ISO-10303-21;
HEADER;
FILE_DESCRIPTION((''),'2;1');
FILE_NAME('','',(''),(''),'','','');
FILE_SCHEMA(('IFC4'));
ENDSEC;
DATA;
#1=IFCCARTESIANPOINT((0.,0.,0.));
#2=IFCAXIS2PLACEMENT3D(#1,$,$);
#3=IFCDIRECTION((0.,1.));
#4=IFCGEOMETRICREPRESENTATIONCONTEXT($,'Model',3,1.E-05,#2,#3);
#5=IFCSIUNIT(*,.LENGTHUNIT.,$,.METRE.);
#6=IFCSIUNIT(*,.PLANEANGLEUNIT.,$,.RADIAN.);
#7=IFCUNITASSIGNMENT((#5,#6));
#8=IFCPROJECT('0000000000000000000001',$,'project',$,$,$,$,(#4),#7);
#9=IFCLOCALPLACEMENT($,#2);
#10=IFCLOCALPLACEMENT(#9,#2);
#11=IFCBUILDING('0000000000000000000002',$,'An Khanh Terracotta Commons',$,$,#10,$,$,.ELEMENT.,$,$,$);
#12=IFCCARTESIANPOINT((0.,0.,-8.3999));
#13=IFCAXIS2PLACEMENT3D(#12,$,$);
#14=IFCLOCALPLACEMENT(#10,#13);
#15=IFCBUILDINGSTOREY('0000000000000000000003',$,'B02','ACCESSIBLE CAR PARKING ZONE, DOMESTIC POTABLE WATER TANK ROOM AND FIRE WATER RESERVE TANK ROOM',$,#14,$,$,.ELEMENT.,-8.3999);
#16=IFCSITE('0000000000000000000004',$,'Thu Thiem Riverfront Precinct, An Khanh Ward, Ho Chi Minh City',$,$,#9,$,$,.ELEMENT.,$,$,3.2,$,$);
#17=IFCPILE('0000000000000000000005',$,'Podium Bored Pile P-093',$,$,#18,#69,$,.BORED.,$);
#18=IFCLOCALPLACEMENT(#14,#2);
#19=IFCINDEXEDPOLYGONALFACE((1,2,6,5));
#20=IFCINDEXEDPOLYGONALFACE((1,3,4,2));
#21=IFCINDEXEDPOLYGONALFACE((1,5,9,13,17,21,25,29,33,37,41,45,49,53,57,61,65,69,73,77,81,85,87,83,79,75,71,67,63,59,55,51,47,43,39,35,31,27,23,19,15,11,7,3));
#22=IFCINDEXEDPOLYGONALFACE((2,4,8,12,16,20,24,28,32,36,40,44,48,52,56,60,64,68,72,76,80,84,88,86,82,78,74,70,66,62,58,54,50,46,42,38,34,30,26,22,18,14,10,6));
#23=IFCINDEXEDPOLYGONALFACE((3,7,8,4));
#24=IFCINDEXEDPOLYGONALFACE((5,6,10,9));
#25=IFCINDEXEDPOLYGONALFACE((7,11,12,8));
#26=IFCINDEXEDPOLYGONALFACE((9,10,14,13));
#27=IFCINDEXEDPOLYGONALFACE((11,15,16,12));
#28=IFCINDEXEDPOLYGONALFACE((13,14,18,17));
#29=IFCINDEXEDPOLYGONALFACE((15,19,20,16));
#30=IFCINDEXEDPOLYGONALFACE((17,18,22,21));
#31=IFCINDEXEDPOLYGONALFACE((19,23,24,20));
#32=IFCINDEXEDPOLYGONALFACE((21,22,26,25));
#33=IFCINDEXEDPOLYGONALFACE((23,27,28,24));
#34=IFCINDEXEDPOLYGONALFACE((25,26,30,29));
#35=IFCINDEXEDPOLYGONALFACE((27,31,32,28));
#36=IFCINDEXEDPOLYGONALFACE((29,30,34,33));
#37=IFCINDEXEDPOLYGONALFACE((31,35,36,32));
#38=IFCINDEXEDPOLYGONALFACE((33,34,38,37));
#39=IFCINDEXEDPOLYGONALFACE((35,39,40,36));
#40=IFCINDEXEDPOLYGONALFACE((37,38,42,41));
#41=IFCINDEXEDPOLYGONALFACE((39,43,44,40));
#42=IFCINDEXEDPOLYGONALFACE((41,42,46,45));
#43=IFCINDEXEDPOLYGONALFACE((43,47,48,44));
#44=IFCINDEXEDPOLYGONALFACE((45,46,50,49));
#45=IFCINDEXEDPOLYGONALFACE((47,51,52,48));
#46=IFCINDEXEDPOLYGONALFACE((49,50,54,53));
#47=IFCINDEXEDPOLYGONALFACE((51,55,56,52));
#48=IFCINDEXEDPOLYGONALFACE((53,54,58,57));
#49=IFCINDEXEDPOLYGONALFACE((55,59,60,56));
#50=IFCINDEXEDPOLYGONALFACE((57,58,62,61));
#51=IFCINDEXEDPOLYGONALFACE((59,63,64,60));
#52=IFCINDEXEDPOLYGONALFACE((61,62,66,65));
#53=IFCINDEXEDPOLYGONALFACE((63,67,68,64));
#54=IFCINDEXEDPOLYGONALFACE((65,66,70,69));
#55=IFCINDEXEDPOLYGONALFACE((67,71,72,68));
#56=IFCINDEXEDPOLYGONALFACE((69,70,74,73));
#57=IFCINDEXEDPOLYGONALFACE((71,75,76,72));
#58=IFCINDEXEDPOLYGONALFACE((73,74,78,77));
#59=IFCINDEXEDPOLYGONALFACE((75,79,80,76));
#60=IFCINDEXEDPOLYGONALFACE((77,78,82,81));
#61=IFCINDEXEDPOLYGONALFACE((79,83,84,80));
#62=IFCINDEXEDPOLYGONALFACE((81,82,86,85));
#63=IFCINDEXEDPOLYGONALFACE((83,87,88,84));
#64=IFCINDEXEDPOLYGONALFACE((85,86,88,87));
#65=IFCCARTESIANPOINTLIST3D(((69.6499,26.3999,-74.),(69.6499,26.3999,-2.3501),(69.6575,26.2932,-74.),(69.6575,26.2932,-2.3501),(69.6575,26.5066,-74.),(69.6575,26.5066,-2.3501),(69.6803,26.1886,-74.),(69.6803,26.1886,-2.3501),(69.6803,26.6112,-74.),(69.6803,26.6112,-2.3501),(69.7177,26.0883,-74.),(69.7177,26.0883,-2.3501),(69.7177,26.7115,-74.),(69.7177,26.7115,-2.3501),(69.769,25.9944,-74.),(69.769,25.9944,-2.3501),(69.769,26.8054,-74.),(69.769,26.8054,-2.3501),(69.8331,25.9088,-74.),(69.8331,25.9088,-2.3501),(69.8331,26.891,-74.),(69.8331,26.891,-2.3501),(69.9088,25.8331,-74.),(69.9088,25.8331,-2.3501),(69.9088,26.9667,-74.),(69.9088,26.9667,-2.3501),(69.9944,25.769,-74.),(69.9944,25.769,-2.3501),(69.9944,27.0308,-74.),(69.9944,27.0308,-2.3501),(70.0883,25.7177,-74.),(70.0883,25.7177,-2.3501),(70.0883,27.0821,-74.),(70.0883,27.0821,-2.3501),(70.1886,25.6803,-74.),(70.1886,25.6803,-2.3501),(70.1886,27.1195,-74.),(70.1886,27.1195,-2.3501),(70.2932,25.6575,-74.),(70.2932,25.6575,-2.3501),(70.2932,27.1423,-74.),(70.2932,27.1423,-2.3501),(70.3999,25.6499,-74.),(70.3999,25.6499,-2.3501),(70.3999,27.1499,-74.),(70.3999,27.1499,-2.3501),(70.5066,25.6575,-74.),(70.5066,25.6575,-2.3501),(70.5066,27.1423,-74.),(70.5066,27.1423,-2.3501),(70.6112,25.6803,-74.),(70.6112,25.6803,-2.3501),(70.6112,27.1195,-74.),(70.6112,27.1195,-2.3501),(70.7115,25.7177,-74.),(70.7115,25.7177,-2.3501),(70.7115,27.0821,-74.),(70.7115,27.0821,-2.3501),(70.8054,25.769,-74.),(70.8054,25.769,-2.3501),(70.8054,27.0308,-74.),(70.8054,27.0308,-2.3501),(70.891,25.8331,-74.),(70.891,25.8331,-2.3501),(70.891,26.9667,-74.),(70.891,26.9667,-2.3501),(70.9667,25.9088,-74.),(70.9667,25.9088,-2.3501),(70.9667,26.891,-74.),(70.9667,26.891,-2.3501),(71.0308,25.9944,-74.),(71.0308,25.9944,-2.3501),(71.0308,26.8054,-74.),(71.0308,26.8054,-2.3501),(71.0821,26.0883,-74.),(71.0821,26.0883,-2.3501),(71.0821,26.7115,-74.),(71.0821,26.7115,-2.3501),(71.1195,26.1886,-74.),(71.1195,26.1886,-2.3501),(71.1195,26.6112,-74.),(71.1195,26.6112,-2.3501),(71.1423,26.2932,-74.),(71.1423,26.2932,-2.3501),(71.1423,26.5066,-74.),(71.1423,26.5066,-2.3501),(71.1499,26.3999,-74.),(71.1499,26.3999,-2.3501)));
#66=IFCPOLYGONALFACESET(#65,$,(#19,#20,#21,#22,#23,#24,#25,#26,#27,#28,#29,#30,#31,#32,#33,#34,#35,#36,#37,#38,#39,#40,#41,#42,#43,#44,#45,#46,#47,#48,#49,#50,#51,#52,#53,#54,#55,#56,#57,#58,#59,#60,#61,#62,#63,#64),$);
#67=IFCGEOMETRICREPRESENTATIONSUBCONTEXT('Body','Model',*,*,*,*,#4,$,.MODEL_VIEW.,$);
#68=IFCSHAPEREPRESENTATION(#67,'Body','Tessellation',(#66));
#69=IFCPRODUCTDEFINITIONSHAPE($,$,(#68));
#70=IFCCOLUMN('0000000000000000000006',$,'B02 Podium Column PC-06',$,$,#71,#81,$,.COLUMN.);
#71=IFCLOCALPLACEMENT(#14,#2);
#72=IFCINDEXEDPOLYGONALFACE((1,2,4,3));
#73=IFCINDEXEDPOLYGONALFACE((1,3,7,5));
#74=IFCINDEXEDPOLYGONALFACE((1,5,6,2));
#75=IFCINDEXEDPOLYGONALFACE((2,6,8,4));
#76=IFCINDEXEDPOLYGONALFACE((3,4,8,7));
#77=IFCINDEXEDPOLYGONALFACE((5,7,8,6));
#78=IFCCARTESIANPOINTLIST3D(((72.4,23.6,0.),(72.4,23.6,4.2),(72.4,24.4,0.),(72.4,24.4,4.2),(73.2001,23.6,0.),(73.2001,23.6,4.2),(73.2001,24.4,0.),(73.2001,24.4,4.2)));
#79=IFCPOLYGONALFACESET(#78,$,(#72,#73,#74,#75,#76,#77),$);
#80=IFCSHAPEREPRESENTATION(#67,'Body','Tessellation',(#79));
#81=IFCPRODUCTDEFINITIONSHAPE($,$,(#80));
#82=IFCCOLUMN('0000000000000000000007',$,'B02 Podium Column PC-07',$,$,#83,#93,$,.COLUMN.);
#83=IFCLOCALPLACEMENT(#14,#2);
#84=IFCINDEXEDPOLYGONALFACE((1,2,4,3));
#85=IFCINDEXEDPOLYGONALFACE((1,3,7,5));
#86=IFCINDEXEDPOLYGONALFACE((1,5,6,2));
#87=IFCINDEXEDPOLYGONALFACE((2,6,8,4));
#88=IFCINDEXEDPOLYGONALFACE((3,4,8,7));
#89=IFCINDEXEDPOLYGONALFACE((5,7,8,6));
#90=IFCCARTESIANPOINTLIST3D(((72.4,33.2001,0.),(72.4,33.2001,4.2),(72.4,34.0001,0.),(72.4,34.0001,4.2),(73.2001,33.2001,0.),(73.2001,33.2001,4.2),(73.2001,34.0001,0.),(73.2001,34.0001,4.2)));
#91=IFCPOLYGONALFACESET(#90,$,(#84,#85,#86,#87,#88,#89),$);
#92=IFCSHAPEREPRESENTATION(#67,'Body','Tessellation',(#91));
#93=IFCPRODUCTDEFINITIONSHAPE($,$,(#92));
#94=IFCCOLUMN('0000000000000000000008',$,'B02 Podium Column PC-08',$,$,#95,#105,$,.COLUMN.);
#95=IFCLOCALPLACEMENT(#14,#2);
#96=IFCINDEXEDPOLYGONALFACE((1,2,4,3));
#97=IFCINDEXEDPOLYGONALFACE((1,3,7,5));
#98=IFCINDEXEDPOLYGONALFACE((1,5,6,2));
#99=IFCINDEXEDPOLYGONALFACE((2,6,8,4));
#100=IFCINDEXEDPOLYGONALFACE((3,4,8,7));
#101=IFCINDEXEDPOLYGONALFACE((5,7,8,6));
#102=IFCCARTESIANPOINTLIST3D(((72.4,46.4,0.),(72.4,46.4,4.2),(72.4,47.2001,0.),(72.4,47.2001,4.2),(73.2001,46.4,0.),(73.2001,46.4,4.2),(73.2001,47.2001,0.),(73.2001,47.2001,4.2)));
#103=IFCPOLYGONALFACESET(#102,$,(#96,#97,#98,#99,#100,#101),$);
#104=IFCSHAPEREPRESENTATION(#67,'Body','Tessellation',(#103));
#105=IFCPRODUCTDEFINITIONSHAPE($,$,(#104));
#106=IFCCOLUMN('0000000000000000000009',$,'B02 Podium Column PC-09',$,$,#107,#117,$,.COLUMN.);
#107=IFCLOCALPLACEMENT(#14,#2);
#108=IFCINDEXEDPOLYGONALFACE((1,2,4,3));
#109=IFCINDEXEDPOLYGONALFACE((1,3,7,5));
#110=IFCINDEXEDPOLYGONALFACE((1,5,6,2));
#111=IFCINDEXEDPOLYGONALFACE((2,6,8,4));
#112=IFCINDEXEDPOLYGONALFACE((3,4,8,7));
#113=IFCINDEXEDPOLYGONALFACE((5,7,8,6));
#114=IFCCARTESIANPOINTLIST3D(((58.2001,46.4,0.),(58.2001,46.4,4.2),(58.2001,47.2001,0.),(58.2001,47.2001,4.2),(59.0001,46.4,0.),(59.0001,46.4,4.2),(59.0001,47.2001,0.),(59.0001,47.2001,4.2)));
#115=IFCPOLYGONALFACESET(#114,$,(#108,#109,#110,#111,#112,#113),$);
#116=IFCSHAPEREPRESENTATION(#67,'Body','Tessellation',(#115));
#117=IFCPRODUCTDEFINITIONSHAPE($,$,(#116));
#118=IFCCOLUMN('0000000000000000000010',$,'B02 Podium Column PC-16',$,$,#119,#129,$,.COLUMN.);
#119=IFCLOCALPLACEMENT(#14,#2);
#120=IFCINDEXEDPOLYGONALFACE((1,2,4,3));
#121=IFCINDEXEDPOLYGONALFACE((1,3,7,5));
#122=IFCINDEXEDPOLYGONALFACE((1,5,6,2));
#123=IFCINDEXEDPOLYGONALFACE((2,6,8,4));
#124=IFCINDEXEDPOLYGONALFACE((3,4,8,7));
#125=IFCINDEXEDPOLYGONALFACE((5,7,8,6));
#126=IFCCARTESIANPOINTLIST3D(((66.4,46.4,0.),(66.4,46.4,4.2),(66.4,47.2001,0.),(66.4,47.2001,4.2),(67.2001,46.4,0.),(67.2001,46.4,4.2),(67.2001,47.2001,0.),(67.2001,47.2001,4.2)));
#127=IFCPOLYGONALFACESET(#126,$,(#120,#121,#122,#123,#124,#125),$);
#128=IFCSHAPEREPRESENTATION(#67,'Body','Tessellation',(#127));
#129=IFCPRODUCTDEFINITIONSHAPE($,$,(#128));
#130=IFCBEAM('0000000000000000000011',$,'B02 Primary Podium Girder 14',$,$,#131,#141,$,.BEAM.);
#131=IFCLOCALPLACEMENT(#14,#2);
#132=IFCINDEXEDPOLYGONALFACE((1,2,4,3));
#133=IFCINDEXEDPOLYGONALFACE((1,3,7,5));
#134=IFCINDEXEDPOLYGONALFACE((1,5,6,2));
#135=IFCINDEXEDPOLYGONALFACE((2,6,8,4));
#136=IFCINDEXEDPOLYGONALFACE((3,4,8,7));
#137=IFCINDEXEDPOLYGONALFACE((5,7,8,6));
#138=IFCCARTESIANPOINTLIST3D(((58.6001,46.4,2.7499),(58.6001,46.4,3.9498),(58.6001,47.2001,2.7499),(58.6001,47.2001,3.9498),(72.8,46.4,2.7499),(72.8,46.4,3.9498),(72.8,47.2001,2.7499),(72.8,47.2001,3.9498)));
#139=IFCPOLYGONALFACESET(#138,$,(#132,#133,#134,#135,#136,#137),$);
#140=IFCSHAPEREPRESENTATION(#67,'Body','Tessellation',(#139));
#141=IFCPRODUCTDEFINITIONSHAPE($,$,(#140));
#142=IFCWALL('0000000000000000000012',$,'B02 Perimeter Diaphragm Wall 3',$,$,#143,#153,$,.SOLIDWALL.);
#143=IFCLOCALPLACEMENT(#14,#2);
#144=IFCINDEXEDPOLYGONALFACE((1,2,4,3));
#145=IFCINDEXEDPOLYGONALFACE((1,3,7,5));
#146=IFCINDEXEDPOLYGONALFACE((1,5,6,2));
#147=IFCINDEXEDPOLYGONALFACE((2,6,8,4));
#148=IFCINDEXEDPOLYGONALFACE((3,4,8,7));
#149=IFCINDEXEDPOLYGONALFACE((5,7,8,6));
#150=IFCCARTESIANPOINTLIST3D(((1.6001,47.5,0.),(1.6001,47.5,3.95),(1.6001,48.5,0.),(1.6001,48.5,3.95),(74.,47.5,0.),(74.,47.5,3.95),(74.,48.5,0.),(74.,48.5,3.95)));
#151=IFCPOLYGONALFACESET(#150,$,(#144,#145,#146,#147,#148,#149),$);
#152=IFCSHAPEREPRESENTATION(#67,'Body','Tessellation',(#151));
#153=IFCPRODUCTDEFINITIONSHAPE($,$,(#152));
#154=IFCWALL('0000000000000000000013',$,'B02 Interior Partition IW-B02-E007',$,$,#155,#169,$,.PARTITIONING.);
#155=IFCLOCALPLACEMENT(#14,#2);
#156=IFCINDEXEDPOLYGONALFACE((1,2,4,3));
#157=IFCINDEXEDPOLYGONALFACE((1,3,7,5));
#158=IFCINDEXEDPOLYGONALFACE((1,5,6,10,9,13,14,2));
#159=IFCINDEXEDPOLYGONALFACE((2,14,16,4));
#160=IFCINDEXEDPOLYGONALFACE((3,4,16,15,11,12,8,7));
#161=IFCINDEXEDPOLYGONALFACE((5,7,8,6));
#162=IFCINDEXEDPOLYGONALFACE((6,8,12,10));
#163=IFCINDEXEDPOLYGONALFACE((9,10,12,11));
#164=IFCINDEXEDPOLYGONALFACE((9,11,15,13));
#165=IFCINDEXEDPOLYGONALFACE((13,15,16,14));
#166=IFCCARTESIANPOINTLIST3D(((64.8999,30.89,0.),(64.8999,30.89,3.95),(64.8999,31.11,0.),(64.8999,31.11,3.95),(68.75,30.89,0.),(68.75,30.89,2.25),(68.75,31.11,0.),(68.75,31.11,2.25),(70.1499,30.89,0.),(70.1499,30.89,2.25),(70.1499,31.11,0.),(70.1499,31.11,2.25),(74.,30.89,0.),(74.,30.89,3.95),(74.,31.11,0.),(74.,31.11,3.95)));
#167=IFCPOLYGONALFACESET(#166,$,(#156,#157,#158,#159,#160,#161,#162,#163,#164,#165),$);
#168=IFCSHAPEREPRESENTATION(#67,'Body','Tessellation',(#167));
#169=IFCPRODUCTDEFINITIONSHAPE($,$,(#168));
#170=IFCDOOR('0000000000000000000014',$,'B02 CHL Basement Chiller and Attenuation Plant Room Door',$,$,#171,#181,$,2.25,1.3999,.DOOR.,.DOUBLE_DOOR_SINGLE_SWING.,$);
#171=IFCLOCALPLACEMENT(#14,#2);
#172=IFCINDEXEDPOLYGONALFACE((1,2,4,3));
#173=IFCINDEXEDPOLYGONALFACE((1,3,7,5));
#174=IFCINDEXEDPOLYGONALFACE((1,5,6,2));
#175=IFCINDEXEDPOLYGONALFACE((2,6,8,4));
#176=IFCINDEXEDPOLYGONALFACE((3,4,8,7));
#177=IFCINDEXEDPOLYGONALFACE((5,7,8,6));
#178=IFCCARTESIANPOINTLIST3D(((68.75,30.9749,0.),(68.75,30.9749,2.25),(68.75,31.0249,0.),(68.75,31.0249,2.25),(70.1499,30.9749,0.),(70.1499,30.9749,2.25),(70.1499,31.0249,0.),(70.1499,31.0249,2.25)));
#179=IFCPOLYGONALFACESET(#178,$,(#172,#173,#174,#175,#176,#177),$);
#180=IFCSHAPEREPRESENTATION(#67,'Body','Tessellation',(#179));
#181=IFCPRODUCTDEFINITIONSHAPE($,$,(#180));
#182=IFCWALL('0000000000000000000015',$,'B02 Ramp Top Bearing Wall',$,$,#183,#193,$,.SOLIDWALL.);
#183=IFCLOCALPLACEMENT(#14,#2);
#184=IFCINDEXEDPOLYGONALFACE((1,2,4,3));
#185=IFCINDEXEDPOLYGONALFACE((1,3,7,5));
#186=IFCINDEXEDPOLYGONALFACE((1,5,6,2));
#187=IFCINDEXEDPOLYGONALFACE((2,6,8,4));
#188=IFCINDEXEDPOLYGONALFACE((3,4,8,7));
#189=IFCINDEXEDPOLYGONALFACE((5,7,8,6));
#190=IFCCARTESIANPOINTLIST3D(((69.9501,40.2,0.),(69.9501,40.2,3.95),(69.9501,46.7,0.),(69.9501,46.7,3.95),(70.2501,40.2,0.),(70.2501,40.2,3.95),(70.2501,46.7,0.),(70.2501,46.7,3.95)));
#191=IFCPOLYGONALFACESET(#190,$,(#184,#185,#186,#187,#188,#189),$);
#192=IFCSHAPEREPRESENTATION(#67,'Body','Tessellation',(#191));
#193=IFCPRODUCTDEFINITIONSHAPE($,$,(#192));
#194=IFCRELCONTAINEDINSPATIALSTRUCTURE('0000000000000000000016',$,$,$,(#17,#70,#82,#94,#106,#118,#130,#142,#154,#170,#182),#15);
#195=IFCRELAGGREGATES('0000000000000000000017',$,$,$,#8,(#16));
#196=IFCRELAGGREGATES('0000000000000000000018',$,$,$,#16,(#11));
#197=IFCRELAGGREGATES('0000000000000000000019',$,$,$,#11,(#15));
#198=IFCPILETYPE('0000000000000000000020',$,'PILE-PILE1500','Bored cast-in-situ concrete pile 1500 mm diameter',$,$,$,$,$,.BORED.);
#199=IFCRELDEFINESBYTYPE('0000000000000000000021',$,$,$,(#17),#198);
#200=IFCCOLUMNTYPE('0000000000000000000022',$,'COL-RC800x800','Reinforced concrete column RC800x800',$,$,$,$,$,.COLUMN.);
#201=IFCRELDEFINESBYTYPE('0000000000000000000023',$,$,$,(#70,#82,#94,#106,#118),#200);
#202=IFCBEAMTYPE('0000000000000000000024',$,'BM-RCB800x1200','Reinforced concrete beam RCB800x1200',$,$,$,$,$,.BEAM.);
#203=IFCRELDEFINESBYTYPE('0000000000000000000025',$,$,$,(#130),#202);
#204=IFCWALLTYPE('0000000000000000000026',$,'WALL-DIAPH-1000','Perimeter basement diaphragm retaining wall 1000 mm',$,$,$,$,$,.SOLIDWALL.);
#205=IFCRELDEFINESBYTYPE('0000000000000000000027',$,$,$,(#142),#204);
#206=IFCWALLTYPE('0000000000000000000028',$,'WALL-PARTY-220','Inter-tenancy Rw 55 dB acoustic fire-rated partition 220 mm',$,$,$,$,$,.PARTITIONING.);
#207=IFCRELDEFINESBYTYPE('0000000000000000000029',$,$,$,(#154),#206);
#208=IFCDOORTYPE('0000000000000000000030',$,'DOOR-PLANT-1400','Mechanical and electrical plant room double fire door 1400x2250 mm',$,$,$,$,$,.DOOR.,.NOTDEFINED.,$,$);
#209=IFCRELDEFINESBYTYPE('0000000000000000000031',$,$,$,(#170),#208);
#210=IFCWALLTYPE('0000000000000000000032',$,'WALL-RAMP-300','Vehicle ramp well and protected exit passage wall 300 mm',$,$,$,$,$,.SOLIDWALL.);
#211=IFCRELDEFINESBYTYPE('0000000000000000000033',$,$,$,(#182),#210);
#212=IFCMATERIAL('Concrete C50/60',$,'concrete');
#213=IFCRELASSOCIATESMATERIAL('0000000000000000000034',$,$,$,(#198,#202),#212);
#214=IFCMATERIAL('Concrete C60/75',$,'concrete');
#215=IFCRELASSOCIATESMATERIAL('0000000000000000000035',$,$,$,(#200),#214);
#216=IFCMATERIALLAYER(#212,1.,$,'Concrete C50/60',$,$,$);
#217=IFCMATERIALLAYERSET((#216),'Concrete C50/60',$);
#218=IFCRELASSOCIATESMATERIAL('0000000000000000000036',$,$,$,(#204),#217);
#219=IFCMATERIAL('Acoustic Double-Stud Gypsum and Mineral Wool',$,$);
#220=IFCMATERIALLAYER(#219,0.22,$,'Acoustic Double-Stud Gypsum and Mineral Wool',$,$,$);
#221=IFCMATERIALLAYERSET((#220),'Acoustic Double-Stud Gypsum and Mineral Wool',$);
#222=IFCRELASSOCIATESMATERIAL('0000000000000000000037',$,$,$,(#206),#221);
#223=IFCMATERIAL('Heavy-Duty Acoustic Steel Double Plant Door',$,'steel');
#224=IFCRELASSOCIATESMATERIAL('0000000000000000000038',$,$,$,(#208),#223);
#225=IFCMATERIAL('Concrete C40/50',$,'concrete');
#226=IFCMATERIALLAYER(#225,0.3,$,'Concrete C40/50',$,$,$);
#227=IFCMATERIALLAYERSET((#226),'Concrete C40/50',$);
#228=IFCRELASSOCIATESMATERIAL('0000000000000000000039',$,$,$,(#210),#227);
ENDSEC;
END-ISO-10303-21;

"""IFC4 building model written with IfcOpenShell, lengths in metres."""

from ifc_helpers import new_model, si_unit, direction, frame, frame_2d, origin, origin_2d, place, context, subcontext, project, spatial, rectangle, circle, extrude, material, layer, layer_set, material_profile, profile_set, type_object, element, fill, save


model = new_model("IFC4")

# Units and contexts
model_context = context("Model", 3, precision=1e-05, world=origin(), true_north=direction((0.0, 1.0)))
body_context = subcontext(model_context, "Body", "Model", "MODEL_VIEW")
ifc_project = project(units=[si_unit("LENGTHUNIT", "METRE"), si_unit("PLANEANGLEUNIT", "RADIAN")], contexts=[model_context])

# Site, building, storey
site_placement = place(None, origin())
site = spatial("IfcSite", under=ifc_project, at=site_placement, Name="Thu Thiem Riverfront Precinct, An Khanh Ward, Ho Chi Minh City", CompositionType="ELEMENT", RefElevation=3.2)
building_placement = place(site_placement, origin())
building = spatial("IfcBuilding", under=site, at=building_placement, Name="An Khanh Terracotta Commons", CompositionType="ELEMENT")
storey_placement = place(building_placement, frame((0.0, 0.0, -8.3999)))
storey = spatial("IfcBuildingStorey", under=building, at=storey_placement, Name="B02", Description="ACCESSIBLE CAR PARKING ZONE, DOMESTIC POTABLE WATER TANK ROOM AND FIRE WATER RESERVE TANK ROOM", CompositionType="ELEMENT", Elevation=-8.3999)

# Shared definitions
ifc_material_1 = material(Name="Concrete C50/60", Category="concrete")

# Pile
ifc_material_profile_1 = material_profile(ifc_material_1, circle(Radius=0.75, at=origin_2d()), Name="PILE1500")
ifc_profile_set_1 = profile_set([ifc_material_profile_1], Name="Concrete C50/60")
pile_type_1 = type_object("IfcPileType", Name="PILE-PILE1500", Description="Bored cast-in-situ concrete pile 1500 mm diameter", PredefinedType="BORED", material=ifc_profile_set_1)
for number, where, z_axis, x_axis, name in (
    (1, (70.3999, 26.3999, -2.3501), (0.0, 0.0, -1.0), (1.0, 0.0, 0.0), "Podium Bored Pile P-093"),
):
    element("IfcPile", number, at=place(storey_placement, frame(where, z_axis=z_axis, x_axis=x_axis)), inside=storey, type_object=pile_type_1, Name=name, PredefinedType="BORED", context=body_context, shape_type="SweptSolid", body=[
        extrude(circle(Radius=0.75, at=origin_2d()), origin(), (0.0, 0.0, 1.0), 71.6499),
    ])

# Columns
ifc_material_2 = material(Name="Concrete C60/75", Category="concrete")
ifc_material_profile_2 = material_profile(ifc_material_2, rectangle(XDim=0.8, YDim=0.8, at=origin_2d()), Name="RC800x800")
ifc_profile_set_2 = profile_set([ifc_material_profile_2], Name="Concrete C60/75")
column_type = type_object("IfcColumnType", Name="COL-RC800x800", Description="Reinforced concrete column RC800x800", PredefinedType="COLUMN", material=ifc_profile_set_2)
for number, where, z_axis, x_axis, name in (
    (2, (72.8, 24.0, 0.0), (0.0, 0.0, 1.0), (1.0, 0.0, 0.0), "B02 Podium Column PC-06"),
    (3, (72.8, 33.6001, 0.0), (0.0, 0.0, 1.0), (1.0, 0.0, 0.0), "B02 Podium Column PC-07"),
    (4, (72.8, 46.8, 0.0), (0.0, 0.0, 1.0), (1.0, 0.0, 0.0), "B02 Podium Column PC-08"),
    (5, (58.6001, 46.8, 0.0), (0.0, 0.0, 1.0), (1.0, 0.0, 0.0), "B02 Podium Column PC-09"),
    (6, (66.8, 46.8, 0.0), (0.0, 0.0, 1.0), (1.0, 0.0, 0.0), "B02 Podium Column PC-16"),
):
    element("IfcColumn", number, at=place(storey_placement, frame(where, z_axis=z_axis, x_axis=x_axis)), inside=storey, type_object=column_type, Name=name, PredefinedType="COLUMN", context=body_context, shape_type="SweptSolid", body=[
        extrude(rectangle(XDim=0.8, YDim=0.8, at=origin_2d()), origin(), (0.0, 0.0, 1.0), 4.2),
    ])

# Beam
ifc_material_profile_3 = material_profile(ifc_material_1, rectangle(XDim=0.8, YDim=1.2, at=origin_2d()), Name="RCB800x1200")
ifc_profile_set_3 = profile_set([ifc_material_profile_3], Name="Concrete C50/60")
beam_type = type_object("IfcBeamType", Name="BM-RCB800x1200", Description="Reinforced concrete beam RCB800x1200", PredefinedType="BEAM", material=ifc_profile_set_3)
beam_placement = place(storey_placement, frame((58.6001, 46.8, 3.3499), z_axis=(1.0, 0.0, 0.0), x_axis=(0.0, 1.0, 0.0)))
element("IfcBeam", 7, at=beam_placement, inside=storey, type_object=beam_type, Name="B02 Primary Podium Girder 14", PredefinedType="BEAM", context=body_context, shape_type="SweptSolid", body=[
    extrude(rectangle(XDim=0.8, YDim=1.2, at=origin_2d()), origin(), (0.0, 0.0, 1.0), 14.2),
])

# Wall
ifc_layer_1 = layer(ifc_material_1, 1.0, Name="Concrete C50/60")
ifc_layer_set_1 = layer_set([ifc_layer_1], Name="Concrete C50/60")
wall_type_1 = type_object("IfcWallType", Name="WALL-DIAPH-1000", Description="Perimeter basement diaphragm retaining wall 1000 mm", PredefinedType="SOLIDWALL", material=ifc_layer_set_1)
wall_1_placement = place(storey_placement, frame((74.0, 48.0, 0.0), z_axis=(0.0, 0.0, 1.0), x_axis=(-1.0, 0.0, 0.0)))
element("IfcWall", 8, at=wall_1_placement, inside=storey, type_object=wall_type_1, Name="B02 Perimeter Diaphragm Wall 3", PredefinedType="SOLIDWALL", context=body_context, shape_type="SweptSolid", body=[
    extrude(rectangle(XDim=72.3999, YDim=1.0, at=frame_2d((36.2, 0.0))), origin(), (0.0, 0.0, 1.0), 3.95),
])

# Wall, opening, door
ifc_material_3 = material(Name="Acoustic Double-Stud Gypsum and Mineral Wool")
ifc_layer_2 = layer(ifc_material_3, 0.22, Name="Acoustic Double-Stud Gypsum and Mineral Wool")
ifc_layer_set_2 = layer_set([ifc_layer_2], Name="Acoustic Double-Stud Gypsum and Mineral Wool")
wall_type_2 = type_object("IfcWallType", Name="WALL-PARTY-220", Description="Inter-tenancy Rw 55 dB acoustic fire-rated partition 220 mm", PredefinedType="PARTITIONING", material=ifc_layer_set_2)
wall_2_placement = place(storey_placement, frame((64.8999, 31.0, 0.0), z_axis=(0.0, 0.0, 1.0), x_axis=(1.0, 0.0, 0.0)))
wall_2 = element("IfcWall", 9, at=wall_2_placement, inside=storey, type_object=wall_type_2, Name="B02 Interior Partition IW-B02-E007", PredefinedType="PARTITIONING", context=body_context, shape_type="SweptSolid", body=[
    extrude(rectangle(XDim=9.1001, YDim=0.22, at=frame_2d((4.55, 0.0))), origin(), (0.0, 0.0, 1.0), 3.95),
])
opening_placement = place(wall_2_placement, frame((3.8501, 0.0, 0.0)))
opening = element("IfcOpeningElement", 10, at=opening_placement, cuts=wall_2, PredefinedType="OPENING", context=body_context, shape_type="SweptSolid", body=[
    extrude(rectangle(XDim=1.3999, YDim=2.25, at=frame_2d((0.7, 1.125))), frame((0.0, 0.1199, 0.0), z_axis=(0.0, -1.0, 0.0), x_axis=(1.0, 0.0, 0.0)), (0.0, 0.0, 1.0), 0.24),
])
ifc_material_4 = material(Name="Heavy-Duty Acoustic Steel Double Plant Door", Category="steel")
door_type = type_object("IfcDoorType", Name="DOOR-PLANT-1400", Description="Mechanical and electrical plant room double fire door 1400x2250 mm", OperationType="NOTDEFINED", PredefinedType="DOOR", material=ifc_material_4)
door_placement = place(opening_placement, origin())
door = element("IfcDoor", 11, at=door_placement, inside=storey, type_object=door_type, Name="B02 CHL Basement Chiller and Attenuation Plant Room Door", OperationType="DOUBLE_DOOR_SINGLE_SWING", OverallHeight=2.25, OverallWidth=1.3999, PredefinedType="DOOR", context=body_context, shape_type="SweptSolid", body=[
    extrude(rectangle(XDim=1.3999, YDim=2.25, at=frame_2d((0.7, 1.125))), frame((0.0, 0.0249, 0.0), z_axis=(0.0, -1.0, 0.0), x_axis=(1.0, 0.0, 0.0)), (0.0, 0.0, 1.0), 0.05),
])
fill(opening, door)

# Wall
ifc_material_5 = material(Name="Concrete C40/50", Category="concrete")
ifc_layer_3 = layer(ifc_material_5, 0.3, Name="Concrete C40/50")
ifc_layer_set_3 = layer_set([ifc_layer_3], Name="Concrete C40/50")
wall_type_3 = type_object("IfcWallType", Name="WALL-RAMP-300", Description="Vehicle ramp well and protected exit passage wall 300 mm", PredefinedType="SOLIDWALL", material=ifc_layer_set_3)
wall_3_placement = place(storey_placement, frame((70.1001, 40.2, 0.0), z_axis=(0.0, 0.0, 1.0), x_axis=(0.0, 1.0, 0.0)))
element("IfcWall", 12, at=wall_3_placement, inside=storey, type_object=wall_type_3, Name="B02 Ramp Top Bearing Wall", PredefinedType="SOLIDWALL", context=body_context, shape_type="SweptSolid", body=[
    extrude(rectangle(XDim=6.5, YDim=0.3, at=frame_2d((3.25, 0.0))), origin(), (0.0, 0.0, 1.0), 3.95),
])

save(model, "model.ifc")
